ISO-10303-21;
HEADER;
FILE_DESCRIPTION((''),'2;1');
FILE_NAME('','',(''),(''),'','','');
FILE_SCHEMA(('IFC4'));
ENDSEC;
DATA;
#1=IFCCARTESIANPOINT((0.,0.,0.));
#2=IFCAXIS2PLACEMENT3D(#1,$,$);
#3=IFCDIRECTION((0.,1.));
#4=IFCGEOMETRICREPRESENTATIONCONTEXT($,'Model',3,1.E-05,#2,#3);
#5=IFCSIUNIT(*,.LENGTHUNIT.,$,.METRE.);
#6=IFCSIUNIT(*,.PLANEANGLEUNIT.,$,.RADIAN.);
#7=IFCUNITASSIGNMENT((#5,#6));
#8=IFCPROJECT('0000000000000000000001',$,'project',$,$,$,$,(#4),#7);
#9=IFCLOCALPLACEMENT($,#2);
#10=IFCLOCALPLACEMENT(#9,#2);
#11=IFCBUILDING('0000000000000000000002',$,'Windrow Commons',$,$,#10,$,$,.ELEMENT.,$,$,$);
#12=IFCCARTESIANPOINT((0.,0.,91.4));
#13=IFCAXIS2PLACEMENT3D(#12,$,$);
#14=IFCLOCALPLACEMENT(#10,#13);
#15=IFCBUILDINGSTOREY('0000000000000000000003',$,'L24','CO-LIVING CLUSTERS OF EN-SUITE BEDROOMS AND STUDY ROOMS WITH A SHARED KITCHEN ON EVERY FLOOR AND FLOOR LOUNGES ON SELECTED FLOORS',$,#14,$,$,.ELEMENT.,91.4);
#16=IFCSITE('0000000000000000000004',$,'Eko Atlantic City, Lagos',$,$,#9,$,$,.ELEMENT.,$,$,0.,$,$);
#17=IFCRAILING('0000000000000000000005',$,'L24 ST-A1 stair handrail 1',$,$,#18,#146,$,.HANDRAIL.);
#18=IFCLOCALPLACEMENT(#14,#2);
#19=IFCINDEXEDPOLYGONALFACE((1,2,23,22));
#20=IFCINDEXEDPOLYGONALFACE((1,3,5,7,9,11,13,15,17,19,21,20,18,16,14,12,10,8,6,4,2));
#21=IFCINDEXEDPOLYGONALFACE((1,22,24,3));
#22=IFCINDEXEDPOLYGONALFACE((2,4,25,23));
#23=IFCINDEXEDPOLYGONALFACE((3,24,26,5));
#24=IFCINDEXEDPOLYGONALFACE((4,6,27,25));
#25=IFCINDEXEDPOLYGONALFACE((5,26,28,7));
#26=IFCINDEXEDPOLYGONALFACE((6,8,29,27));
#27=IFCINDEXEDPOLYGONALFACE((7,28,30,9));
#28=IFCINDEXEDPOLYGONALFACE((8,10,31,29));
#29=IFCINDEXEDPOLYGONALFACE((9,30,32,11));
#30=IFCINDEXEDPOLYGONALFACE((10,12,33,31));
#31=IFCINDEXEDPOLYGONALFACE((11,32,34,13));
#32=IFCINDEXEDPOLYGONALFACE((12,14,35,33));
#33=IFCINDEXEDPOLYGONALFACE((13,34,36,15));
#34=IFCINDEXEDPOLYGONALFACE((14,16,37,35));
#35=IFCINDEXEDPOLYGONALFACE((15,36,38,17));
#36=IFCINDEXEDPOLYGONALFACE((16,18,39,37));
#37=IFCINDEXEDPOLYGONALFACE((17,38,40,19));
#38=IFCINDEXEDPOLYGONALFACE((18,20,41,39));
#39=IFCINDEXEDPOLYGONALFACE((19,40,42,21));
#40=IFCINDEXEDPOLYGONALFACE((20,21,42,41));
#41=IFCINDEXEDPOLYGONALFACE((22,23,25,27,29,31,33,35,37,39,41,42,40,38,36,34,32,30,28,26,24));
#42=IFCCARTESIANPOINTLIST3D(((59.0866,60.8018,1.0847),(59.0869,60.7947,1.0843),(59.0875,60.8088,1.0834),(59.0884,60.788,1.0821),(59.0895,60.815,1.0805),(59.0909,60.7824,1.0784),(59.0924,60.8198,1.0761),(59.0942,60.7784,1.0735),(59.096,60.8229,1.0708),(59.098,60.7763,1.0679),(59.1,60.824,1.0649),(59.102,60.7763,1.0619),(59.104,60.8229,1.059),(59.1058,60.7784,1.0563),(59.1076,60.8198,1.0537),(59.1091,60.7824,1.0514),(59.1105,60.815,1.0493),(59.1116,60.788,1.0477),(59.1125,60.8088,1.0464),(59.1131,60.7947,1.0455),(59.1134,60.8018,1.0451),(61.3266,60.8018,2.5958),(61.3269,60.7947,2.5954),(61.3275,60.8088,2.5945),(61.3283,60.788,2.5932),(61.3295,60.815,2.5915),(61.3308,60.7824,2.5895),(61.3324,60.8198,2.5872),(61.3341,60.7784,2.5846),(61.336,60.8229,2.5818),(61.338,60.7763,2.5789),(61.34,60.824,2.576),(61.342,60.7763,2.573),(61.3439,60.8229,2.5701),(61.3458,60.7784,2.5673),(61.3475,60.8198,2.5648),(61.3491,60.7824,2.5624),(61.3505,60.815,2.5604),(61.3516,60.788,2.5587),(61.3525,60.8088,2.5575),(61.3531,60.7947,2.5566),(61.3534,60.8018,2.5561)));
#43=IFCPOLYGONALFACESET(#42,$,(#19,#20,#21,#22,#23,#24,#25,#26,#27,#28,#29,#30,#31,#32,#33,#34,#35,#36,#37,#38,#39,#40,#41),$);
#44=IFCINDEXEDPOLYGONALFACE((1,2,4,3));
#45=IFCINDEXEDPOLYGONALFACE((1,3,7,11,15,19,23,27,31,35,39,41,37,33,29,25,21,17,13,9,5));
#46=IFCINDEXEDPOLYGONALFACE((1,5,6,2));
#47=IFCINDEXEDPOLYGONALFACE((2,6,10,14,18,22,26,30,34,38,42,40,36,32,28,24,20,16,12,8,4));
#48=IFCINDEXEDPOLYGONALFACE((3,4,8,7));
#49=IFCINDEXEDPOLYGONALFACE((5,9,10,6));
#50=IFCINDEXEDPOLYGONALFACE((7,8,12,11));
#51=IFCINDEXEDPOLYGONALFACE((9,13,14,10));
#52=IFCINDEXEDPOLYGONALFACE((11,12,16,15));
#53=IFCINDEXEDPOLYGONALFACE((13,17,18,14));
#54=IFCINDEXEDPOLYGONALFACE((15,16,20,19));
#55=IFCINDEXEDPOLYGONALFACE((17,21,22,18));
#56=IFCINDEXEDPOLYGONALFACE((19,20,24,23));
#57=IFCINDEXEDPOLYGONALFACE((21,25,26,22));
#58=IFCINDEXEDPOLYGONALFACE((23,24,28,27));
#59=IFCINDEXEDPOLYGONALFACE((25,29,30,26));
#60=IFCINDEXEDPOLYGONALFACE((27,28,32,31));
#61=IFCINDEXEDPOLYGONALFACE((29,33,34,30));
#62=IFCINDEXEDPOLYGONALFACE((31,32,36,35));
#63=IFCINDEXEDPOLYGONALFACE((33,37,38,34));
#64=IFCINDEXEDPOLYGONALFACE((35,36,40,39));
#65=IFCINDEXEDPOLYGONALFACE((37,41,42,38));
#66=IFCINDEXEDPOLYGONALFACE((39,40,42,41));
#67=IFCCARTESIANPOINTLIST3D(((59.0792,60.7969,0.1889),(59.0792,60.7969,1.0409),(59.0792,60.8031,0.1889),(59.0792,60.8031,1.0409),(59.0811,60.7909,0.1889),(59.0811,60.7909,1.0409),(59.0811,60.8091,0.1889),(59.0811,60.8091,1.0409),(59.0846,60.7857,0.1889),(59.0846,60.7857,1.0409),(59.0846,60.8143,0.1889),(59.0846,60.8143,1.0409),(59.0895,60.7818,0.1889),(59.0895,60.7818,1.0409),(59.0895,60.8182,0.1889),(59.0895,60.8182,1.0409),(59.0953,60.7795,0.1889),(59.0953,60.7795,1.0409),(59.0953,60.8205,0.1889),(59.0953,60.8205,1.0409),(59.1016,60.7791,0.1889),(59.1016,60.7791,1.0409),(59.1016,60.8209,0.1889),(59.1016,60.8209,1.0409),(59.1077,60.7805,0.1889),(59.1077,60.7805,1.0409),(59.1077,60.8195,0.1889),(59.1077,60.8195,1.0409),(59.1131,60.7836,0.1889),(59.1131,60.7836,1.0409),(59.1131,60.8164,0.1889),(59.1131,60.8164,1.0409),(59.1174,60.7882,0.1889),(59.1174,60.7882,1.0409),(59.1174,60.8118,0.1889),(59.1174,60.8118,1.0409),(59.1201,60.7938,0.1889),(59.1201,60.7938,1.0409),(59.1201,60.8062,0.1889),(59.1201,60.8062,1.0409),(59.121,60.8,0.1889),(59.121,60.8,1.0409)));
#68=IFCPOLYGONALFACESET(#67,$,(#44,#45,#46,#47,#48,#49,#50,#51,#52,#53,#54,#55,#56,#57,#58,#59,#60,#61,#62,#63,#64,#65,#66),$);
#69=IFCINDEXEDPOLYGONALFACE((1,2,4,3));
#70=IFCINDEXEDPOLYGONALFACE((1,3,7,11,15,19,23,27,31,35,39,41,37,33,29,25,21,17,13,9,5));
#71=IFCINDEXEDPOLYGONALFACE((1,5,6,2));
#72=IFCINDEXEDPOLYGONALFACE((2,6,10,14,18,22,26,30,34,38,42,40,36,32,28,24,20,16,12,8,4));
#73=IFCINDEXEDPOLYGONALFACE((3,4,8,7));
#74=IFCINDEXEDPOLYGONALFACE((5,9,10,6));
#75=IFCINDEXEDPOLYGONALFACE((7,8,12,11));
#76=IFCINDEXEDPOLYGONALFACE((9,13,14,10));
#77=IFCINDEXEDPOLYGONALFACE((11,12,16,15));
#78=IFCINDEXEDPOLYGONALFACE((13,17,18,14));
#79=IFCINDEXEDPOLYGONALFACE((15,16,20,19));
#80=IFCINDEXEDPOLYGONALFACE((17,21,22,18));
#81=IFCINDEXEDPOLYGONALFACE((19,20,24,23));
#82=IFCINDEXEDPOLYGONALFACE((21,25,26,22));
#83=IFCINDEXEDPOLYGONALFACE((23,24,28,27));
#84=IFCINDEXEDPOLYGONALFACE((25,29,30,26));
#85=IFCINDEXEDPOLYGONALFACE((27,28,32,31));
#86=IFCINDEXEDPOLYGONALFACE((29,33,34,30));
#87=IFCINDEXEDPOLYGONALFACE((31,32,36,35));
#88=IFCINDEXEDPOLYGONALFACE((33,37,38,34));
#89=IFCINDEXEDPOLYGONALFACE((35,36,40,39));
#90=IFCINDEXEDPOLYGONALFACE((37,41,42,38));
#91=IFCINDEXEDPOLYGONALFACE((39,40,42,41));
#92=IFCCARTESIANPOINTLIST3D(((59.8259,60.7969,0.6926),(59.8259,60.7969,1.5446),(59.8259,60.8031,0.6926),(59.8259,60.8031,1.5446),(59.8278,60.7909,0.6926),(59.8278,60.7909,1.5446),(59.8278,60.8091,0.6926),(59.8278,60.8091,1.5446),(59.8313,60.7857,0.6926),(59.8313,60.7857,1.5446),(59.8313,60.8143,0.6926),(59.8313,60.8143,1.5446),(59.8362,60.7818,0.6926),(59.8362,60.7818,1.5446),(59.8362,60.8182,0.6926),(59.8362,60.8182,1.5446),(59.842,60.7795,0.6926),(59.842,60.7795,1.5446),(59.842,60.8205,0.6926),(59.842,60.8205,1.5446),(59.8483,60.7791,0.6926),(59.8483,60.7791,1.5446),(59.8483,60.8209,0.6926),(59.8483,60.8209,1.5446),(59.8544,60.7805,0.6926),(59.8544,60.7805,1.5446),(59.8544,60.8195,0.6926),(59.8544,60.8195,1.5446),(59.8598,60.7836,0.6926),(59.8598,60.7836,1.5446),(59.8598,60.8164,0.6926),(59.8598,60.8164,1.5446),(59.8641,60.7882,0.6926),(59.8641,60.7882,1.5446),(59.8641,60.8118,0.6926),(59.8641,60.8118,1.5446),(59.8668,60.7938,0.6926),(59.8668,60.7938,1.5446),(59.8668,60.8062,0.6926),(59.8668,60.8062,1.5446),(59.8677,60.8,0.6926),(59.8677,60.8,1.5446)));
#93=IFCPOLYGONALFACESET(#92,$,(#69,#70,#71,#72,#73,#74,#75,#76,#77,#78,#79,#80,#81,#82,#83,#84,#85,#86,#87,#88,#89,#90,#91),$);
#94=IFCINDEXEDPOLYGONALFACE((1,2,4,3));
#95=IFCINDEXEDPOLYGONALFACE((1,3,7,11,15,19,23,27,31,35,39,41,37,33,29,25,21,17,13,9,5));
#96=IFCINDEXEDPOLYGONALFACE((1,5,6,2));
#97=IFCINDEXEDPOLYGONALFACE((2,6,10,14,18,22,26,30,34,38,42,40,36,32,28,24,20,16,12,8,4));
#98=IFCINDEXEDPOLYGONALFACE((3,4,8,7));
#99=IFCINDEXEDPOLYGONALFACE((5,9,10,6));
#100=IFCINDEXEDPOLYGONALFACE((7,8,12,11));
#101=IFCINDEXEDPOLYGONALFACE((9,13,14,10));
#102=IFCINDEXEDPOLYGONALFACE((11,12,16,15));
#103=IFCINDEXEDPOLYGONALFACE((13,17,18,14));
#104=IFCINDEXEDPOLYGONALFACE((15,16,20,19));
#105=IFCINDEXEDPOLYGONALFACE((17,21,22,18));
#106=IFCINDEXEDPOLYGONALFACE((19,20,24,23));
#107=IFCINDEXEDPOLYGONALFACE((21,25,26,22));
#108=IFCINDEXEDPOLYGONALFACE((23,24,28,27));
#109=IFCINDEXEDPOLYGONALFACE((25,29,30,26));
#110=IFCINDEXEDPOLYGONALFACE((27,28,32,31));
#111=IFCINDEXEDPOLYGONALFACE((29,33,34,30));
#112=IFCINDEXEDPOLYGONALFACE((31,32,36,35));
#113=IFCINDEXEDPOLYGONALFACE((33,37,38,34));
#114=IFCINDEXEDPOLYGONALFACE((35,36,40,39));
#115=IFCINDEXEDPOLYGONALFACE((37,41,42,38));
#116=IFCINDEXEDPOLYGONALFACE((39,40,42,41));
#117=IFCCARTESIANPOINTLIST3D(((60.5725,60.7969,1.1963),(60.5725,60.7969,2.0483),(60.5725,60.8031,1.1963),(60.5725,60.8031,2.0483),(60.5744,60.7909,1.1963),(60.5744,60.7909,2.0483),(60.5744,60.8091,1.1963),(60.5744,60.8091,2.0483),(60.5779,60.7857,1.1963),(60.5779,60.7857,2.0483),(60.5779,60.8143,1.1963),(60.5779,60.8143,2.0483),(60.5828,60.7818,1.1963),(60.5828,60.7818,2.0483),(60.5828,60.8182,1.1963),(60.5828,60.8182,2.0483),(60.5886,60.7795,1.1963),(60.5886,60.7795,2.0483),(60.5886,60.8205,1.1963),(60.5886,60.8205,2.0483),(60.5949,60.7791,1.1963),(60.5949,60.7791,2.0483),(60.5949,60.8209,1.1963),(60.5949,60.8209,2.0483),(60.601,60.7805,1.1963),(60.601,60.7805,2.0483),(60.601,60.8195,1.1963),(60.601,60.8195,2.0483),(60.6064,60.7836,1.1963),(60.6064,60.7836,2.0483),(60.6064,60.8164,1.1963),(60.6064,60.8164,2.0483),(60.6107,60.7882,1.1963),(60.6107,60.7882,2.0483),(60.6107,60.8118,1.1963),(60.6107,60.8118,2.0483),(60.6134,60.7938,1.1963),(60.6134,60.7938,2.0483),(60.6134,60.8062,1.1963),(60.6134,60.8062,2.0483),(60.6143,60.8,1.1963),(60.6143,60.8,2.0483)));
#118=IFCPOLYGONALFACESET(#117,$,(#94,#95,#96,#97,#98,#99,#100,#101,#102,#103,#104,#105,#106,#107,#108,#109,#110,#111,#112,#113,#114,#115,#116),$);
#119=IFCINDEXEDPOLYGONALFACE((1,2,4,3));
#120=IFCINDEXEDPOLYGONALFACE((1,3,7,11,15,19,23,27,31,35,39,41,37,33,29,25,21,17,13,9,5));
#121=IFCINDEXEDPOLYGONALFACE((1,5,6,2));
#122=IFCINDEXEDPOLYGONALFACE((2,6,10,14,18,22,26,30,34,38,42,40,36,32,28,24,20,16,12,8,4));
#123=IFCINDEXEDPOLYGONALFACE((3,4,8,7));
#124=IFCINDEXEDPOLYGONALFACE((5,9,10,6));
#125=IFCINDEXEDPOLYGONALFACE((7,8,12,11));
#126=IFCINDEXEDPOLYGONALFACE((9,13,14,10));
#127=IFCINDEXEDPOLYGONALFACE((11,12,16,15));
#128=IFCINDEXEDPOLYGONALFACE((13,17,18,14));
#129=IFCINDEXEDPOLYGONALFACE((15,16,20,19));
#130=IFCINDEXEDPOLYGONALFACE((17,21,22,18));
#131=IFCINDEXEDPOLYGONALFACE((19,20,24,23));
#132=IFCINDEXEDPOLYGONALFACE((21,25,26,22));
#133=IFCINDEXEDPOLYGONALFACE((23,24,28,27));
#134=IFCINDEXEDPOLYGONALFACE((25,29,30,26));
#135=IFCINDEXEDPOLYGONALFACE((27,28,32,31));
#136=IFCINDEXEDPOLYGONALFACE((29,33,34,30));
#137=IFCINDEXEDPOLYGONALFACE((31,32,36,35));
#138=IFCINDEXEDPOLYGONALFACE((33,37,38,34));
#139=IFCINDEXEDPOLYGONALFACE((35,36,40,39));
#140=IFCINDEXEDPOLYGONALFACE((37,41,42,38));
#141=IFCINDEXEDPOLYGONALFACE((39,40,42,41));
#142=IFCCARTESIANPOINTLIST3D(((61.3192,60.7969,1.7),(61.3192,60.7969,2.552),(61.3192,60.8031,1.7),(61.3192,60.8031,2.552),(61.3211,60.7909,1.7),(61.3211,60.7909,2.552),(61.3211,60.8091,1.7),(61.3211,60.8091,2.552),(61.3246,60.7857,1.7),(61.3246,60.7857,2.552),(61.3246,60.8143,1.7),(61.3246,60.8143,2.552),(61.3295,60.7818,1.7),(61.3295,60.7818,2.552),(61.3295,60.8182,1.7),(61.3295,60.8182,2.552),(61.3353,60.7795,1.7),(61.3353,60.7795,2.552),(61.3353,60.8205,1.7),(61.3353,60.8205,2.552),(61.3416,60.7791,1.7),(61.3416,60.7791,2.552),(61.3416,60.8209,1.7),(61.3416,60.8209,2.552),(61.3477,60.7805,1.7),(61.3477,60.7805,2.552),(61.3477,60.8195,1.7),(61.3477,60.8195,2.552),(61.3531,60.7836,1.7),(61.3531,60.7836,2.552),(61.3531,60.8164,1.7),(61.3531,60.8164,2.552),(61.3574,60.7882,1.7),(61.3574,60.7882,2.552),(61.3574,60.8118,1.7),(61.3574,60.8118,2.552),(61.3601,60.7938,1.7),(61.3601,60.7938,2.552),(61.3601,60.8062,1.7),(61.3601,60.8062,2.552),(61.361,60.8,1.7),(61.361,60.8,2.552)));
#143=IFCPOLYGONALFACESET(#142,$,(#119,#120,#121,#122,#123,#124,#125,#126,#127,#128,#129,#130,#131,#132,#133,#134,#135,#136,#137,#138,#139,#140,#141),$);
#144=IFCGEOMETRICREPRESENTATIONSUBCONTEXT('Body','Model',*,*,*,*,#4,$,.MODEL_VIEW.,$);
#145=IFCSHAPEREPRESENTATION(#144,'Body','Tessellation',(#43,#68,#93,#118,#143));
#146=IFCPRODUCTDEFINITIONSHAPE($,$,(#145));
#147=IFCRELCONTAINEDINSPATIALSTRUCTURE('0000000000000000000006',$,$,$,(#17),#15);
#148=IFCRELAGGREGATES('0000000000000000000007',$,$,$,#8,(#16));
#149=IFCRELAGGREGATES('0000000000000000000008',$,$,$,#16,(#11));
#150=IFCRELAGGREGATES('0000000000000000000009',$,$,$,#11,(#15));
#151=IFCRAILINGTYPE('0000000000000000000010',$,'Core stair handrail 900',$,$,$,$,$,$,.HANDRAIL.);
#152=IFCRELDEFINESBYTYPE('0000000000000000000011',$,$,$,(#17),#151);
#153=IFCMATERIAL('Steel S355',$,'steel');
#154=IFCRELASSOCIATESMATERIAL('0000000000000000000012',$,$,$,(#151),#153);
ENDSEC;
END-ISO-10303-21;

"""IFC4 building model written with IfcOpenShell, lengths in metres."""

from ifc_helpers import new_model, si_unit, direction, frame, origin, origin_2d, place, context, subcontext, project, spatial, circle, extrude, material, type_object, element, save


model = new_model("IFC4")

# Units and contexts
model_context = context("Model", 3, precision=1e-05, world=origin(), true_north=direction((0.0, 1.0)))
body_context = subcontext(model_context, "Body", "Model", "MODEL_VIEW")
ifc_project = project(units=[si_unit("LENGTHUNIT", "METRE"), si_unit("PLANEANGLEUNIT", "RADIAN")], contexts=[model_context])

# Site, building, storey
site_placement = place(None, origin())
site = spatial("IfcSite", under=ifc_project, at=site_placement, Name="Eko Atlantic City, Lagos", CompositionType="ELEMENT", RefElevation=0.0)
building_placement = place(site_placement, origin())
building = spatial("IfcBuilding", under=site, at=building_placement, Name="Windrow Commons", CompositionType="ELEMENT")
storey_placement = place(building_placement, frame((0.0, 0.0, 91.4)))
storey = spatial("IfcBuildingStorey", under=building, at=storey_placement, Name="L24", Description="CO-LIVING CLUSTERS OF EN-SUITE BEDROOMS AND STUDY ROOMS WITH A SHARED KITCHEN ON EVERY FLOOR AND FLOOR LOUNGES ON SELECTED FLOORS", CompositionType="ELEMENT", Elevation=91.4)

# Railing
ifc_material_1 = material(Name="Steel S355", Category="steel")
railing_type = type_object("IfcRailingType", Name="Core stair handrail 900", PredefinedType="HANDRAIL", material=ifc_material_1)
railing_placement = place(storey_placement, frame((59.1, 60.8, 0.1889)))
element("IfcRailing", 1, at=railing_placement, inside=storey, type_object=railing_type, Name="L24 ST-A1 stair handrail 1", PredefinedType="HANDRAIL", context=body_context, shape_type="SweptSolid", body=[
    extrude(circle(Radius=0.024, at=origin_2d()), frame((0.0, 0.0, 0.876), z_axis=(0.829003, 0.0, 0.559244), x_axis=(0.0, 1.0, 0.0)), (0.0, 0.0, 1.0), 2.702),
    extrude(circle(Radius=0.021, at=origin_2d()), origin(), (0.0, 0.0, 1.0), 0.852),
    extrude(circle(Radius=0.021, at=origin_2d()), frame((0.7467, 0.0, 0.5037)), (0.0, 0.0, 1.0), 0.852),
    extrude(circle(Radius=0.021, at=origin_2d()), frame((1.4933, 0.0, 1.0074)), (0.0, 0.0, 1.0), 0.852),
    extrude(circle(Radius=0.021, at=origin_2d()), frame((2.24, 0.0, 1.5111)), (0.0, 0.0, 1.0), 0.852),
])

save(model, "model.ifc")
